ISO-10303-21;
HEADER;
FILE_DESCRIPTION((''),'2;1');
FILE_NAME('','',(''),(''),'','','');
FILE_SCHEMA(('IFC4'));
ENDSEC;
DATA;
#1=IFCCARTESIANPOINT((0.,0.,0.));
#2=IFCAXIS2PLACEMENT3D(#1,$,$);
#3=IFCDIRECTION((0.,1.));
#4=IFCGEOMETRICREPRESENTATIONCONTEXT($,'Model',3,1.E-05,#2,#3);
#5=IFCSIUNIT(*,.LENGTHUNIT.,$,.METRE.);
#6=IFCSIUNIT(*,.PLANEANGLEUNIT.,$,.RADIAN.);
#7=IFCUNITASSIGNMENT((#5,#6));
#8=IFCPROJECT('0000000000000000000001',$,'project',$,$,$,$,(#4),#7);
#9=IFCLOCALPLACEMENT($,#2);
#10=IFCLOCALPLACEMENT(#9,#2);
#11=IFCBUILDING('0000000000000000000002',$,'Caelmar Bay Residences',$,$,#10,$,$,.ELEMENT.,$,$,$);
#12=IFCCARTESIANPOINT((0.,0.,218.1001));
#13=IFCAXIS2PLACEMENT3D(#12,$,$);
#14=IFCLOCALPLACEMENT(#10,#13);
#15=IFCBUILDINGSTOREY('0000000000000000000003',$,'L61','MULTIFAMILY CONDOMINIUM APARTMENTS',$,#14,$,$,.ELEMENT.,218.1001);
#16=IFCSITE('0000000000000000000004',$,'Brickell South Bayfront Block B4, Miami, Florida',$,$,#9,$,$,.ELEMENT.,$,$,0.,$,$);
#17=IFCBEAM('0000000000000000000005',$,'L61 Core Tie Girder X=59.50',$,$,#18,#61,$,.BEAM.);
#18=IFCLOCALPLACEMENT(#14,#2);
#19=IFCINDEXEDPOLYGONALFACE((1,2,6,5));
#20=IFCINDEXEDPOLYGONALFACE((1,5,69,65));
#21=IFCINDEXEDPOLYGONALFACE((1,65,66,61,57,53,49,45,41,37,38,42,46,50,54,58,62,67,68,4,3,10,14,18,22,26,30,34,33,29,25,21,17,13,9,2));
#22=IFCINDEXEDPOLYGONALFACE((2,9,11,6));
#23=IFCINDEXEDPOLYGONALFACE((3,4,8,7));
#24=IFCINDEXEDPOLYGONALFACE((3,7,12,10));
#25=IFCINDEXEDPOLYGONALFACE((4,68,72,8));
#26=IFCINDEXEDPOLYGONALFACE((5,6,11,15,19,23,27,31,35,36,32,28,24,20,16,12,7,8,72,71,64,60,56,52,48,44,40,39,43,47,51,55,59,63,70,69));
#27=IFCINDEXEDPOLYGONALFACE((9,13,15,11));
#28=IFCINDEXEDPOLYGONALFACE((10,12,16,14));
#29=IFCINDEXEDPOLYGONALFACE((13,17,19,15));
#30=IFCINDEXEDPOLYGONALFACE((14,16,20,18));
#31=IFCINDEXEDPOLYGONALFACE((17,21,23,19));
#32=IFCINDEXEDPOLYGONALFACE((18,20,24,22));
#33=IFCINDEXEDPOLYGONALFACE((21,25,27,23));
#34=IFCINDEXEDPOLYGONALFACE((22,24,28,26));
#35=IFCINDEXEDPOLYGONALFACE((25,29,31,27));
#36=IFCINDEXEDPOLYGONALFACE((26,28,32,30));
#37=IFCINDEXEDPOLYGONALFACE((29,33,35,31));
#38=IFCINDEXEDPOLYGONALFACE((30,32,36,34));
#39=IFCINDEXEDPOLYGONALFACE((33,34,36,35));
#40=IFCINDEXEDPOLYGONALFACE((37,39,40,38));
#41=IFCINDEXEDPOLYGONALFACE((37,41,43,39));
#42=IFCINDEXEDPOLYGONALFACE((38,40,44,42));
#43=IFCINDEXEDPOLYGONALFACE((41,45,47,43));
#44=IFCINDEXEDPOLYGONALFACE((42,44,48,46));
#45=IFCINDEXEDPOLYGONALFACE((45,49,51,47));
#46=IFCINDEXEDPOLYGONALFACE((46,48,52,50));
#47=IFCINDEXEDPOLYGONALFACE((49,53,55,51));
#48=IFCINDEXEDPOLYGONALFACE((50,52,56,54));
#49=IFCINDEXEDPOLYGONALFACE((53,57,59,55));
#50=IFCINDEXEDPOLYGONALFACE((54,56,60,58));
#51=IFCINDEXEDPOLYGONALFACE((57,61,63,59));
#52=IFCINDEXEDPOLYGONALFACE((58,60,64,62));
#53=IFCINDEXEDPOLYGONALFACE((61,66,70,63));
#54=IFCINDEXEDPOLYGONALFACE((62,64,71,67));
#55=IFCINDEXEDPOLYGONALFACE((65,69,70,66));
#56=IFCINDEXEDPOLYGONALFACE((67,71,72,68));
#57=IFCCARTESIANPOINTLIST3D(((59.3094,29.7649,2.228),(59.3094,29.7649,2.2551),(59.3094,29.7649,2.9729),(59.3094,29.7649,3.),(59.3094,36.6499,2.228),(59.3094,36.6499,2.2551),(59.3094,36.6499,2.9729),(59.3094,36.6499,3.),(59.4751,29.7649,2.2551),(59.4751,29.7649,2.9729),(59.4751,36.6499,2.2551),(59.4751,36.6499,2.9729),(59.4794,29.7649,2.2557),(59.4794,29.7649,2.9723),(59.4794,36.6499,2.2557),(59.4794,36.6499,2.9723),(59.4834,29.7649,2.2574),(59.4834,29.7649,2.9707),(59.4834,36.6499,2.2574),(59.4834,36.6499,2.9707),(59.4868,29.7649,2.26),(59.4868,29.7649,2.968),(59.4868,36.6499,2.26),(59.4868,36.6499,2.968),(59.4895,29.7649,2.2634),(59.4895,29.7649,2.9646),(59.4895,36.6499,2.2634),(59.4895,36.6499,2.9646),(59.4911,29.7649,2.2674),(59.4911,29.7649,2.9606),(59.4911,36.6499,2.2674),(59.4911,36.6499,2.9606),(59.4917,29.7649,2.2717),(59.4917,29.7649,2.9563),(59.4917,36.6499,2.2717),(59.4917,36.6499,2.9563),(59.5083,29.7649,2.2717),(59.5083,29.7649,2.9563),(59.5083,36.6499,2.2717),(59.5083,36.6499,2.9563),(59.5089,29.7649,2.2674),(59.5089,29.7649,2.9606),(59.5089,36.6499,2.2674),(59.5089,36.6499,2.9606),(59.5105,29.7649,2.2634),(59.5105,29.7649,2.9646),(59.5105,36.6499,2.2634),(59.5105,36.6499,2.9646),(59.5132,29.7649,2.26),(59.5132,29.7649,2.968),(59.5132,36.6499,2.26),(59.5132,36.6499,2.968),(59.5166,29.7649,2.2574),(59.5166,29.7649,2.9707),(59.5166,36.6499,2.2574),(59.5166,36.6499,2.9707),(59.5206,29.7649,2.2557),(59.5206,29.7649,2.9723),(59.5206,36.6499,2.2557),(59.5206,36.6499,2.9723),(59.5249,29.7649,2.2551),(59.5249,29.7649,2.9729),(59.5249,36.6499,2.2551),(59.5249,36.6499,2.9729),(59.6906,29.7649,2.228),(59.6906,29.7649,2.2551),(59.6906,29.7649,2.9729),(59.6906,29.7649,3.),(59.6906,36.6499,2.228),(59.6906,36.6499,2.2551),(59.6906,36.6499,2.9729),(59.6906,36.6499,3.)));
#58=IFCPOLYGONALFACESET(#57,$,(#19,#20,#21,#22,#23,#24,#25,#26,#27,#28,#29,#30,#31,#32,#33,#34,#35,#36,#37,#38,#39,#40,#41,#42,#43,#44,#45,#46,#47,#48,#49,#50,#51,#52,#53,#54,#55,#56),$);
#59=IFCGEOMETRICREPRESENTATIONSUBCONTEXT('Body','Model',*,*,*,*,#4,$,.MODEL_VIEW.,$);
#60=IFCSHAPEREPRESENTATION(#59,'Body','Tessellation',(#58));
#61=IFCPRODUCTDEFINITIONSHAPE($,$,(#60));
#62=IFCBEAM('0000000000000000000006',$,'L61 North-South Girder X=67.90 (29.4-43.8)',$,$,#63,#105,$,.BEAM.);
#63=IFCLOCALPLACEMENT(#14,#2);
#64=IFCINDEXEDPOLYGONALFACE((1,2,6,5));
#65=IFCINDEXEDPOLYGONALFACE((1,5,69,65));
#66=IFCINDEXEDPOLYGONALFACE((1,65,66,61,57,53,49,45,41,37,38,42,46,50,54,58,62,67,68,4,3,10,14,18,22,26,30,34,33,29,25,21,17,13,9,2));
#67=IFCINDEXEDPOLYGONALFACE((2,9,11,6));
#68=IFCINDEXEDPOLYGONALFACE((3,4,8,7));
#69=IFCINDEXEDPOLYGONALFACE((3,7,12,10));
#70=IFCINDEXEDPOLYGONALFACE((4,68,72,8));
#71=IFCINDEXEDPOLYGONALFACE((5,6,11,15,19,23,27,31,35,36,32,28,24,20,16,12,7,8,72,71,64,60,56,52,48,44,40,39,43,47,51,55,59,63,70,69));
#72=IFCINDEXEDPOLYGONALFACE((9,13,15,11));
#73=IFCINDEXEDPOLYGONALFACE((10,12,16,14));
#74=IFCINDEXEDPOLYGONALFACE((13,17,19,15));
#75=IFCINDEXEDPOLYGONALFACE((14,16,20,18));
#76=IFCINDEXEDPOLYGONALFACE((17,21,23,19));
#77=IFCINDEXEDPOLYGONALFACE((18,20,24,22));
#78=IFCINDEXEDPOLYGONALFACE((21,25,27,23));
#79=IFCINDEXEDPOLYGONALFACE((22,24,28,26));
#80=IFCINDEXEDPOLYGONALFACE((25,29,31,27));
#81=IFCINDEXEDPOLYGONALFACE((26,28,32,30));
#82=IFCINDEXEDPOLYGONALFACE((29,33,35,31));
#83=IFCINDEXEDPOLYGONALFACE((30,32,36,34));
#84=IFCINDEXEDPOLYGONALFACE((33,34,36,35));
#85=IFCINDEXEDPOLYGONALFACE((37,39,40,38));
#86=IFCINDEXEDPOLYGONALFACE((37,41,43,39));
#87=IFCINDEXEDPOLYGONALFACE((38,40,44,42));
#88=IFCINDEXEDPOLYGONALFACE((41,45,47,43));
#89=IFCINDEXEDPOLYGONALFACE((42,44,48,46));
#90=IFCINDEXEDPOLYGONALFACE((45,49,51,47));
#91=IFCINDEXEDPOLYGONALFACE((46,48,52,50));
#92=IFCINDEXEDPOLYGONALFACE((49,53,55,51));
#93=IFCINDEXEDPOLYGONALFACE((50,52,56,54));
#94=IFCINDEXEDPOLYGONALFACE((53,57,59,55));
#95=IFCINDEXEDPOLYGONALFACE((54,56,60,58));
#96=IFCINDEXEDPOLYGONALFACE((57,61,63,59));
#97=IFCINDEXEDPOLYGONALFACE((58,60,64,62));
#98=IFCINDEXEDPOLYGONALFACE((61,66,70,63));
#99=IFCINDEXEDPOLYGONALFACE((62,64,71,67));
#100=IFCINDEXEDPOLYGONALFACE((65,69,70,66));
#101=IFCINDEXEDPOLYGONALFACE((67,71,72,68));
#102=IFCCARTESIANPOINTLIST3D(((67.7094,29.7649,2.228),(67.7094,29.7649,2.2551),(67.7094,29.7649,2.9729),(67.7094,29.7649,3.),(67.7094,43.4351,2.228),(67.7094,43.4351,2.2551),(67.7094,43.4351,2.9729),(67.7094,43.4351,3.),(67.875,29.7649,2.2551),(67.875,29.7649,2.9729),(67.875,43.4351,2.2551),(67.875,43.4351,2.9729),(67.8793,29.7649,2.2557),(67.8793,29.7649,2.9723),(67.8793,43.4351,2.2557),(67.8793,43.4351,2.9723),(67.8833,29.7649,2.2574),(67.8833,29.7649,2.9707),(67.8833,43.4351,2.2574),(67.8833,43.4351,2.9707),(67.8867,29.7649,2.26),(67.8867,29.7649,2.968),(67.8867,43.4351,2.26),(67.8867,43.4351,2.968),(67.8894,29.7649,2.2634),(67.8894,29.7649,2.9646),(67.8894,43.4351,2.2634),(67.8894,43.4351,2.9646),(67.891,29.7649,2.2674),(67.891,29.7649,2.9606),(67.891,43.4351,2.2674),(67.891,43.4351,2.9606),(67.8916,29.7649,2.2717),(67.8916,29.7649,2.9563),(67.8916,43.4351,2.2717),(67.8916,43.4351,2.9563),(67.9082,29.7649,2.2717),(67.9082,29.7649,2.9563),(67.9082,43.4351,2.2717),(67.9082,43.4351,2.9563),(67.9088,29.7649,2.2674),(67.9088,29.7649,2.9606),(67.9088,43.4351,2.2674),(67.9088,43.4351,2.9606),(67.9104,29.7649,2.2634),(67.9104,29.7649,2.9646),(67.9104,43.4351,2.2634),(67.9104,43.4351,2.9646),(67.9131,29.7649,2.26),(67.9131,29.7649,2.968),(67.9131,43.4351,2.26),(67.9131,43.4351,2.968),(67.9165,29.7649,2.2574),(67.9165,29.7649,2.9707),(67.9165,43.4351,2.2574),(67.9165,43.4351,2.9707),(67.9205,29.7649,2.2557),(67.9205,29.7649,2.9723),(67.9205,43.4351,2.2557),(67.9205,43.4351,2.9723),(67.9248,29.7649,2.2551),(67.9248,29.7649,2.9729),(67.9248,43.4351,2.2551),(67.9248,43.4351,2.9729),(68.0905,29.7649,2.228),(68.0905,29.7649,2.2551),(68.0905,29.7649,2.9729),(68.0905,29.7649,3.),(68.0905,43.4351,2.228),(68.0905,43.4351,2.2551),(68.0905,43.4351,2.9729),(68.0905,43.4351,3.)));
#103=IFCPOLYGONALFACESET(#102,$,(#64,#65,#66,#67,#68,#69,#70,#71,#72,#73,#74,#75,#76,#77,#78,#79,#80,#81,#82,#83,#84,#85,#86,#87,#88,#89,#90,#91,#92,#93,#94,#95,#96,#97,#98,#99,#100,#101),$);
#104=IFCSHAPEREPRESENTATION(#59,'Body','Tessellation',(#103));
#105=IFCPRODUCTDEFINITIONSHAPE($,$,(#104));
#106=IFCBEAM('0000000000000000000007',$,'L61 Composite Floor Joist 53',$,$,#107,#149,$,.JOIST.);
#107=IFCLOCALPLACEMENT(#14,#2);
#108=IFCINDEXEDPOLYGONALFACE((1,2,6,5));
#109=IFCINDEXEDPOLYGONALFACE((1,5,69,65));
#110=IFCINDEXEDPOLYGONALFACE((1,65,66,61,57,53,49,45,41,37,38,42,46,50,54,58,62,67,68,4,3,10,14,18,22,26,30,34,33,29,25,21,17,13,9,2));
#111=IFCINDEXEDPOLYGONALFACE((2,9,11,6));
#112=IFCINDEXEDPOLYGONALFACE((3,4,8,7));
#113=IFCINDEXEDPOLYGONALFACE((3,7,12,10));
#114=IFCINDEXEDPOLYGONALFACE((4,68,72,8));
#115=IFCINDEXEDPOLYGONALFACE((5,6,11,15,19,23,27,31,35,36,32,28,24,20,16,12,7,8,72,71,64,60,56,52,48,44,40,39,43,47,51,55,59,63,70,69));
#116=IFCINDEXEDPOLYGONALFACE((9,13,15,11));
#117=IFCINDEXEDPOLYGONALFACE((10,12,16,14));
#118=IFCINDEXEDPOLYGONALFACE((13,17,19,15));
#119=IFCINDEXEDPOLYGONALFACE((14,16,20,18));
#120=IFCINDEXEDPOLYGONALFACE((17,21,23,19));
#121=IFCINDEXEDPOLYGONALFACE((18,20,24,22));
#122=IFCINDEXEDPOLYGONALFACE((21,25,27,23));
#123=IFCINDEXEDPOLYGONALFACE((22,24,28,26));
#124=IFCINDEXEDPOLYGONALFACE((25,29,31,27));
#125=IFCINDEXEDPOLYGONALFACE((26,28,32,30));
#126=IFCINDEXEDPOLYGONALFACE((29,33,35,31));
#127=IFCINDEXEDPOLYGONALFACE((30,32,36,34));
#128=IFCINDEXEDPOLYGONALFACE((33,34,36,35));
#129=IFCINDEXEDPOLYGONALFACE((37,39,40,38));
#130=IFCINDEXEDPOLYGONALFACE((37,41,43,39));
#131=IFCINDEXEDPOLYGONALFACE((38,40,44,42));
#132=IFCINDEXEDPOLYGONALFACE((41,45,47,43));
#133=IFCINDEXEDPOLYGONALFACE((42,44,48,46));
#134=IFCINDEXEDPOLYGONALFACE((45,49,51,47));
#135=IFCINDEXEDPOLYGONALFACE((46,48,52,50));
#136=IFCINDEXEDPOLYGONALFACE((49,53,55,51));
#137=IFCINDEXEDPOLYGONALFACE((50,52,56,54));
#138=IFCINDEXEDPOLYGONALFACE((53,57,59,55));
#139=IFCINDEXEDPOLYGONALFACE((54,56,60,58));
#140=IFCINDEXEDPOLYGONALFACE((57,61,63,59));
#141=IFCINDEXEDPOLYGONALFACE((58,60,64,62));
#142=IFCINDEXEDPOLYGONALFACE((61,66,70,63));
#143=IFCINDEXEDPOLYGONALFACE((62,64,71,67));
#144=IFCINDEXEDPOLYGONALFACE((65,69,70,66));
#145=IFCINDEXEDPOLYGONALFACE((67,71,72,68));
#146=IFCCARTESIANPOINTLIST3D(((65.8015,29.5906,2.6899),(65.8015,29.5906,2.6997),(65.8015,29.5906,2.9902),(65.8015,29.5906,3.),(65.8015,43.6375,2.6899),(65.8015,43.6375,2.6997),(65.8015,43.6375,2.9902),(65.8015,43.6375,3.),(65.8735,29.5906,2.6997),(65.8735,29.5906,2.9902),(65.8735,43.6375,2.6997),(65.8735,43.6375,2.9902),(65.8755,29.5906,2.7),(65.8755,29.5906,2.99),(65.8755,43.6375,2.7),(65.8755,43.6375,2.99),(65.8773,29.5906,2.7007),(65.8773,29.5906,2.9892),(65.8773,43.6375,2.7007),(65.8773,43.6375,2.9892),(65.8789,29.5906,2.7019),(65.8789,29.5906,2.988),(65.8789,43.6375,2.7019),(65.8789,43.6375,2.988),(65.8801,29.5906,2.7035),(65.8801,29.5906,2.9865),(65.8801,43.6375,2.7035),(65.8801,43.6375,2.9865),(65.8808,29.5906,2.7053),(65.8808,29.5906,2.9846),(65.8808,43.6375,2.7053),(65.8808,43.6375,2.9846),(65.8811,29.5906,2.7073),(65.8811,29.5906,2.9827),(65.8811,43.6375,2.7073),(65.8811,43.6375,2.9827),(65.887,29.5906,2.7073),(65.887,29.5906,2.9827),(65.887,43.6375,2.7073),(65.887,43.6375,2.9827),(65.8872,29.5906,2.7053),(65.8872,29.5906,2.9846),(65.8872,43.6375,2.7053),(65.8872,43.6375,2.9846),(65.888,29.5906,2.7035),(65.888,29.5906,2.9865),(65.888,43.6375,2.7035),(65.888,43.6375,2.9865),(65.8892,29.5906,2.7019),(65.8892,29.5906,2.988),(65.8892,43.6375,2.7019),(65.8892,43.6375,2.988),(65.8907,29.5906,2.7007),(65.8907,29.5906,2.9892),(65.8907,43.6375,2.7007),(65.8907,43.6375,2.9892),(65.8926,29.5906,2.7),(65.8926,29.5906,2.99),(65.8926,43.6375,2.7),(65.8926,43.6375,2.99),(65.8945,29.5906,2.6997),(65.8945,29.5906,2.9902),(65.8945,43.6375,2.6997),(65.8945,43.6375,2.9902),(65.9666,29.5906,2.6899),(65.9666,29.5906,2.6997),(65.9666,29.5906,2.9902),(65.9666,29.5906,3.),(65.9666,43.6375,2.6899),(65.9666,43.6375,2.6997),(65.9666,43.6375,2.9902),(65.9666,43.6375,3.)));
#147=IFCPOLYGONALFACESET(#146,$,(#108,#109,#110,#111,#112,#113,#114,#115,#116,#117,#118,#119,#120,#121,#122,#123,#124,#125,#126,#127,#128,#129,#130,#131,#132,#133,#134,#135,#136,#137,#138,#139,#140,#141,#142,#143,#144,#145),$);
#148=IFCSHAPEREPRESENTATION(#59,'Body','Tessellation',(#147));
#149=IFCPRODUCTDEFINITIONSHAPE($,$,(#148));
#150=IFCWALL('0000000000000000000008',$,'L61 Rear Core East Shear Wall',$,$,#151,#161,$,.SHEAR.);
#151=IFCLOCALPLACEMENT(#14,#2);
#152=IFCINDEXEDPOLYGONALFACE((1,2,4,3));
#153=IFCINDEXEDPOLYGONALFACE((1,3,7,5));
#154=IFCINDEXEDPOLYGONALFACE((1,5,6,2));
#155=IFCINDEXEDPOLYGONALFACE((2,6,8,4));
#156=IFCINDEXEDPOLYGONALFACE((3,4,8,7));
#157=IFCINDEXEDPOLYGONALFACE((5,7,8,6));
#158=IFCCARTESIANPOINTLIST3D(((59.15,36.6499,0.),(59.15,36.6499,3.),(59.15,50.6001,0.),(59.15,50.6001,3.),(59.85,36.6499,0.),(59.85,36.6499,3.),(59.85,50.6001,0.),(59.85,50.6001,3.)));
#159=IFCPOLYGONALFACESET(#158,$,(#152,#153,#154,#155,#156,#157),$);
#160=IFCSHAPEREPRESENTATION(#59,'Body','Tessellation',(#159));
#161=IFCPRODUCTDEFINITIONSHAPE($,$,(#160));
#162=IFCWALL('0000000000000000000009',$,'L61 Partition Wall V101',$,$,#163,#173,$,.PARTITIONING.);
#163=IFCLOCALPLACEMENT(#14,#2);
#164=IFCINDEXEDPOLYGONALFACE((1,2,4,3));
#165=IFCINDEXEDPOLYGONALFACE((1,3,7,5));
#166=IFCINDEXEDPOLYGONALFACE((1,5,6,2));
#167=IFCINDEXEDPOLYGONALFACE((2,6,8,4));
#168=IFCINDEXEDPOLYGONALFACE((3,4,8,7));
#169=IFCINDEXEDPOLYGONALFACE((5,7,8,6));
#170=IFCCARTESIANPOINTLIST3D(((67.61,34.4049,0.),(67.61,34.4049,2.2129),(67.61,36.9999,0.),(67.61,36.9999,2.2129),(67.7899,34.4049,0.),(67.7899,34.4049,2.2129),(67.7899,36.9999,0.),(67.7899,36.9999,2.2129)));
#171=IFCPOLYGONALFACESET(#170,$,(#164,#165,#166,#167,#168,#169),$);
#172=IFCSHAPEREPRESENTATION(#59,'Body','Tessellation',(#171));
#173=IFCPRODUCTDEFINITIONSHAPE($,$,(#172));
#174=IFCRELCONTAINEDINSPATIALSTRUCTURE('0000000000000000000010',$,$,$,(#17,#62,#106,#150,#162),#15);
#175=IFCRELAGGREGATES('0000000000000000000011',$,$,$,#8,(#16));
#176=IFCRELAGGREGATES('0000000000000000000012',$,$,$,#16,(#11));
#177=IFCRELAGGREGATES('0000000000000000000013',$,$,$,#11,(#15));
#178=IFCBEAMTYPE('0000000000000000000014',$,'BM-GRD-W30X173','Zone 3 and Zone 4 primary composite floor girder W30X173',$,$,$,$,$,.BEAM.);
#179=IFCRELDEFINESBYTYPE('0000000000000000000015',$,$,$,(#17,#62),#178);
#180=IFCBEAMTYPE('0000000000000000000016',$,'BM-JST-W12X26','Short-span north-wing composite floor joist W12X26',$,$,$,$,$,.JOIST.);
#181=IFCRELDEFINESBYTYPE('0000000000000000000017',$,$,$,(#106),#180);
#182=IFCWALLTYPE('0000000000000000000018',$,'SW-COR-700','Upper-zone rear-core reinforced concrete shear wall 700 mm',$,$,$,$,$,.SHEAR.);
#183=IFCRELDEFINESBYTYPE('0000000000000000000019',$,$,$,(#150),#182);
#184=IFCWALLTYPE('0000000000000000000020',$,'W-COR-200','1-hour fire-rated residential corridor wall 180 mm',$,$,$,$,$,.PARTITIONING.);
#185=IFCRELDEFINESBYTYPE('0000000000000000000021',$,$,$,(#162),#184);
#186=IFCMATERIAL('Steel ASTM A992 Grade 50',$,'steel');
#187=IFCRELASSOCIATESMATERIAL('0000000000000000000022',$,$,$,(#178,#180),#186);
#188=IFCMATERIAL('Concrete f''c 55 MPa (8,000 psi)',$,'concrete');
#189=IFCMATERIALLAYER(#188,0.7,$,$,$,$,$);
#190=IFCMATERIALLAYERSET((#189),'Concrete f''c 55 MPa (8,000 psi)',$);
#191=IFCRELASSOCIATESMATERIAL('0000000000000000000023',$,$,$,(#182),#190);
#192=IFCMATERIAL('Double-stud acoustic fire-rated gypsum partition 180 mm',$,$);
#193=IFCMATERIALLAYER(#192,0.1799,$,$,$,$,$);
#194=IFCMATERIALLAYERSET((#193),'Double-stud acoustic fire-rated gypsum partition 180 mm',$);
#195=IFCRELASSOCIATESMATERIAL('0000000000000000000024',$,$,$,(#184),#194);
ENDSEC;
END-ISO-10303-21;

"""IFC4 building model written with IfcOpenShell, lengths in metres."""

from ifc_helpers import new_model, si_unit, direction, frame, frame_2d, origin, origin_2d, place, context, subcontext, project, spatial, rectangle, i_section, extrude, material, layer, layer_set, material_profile, profile_set, type_object, element, save


model = new_model("IFC4")

# Units and contexts
model_context = context("Model", 3, precision=1e-05, world=origin(), true_north=direction((0.0, 1.0)))
body_context = subcontext(model_context, "Body", "Model", "MODEL_VIEW")
ifc_project = project(units=[si_unit("LENGTHUNIT", "METRE"), si_unit("PLANEANGLEUNIT", "RADIAN")], contexts=[model_context])

# Site, building, storey
site_placement = place(None, origin())
site = spatial("IfcSite", under=ifc_project, at=site_placement, Name="Brickell South Bayfront Block B4, Miami, Florida", CompositionType="ELEMENT", RefElevation=0.0)
building_placement = place(site_placement, origin())
building = spatial("IfcBuilding", under=site, at=building_placement, Name="Caelmar Bay Residences", CompositionType="ELEMENT")
storey_placement = place(building_placement, frame((0.0, 0.0, 218.1001)))
storey = spatial("IfcBuildingStorey", under=building, at=storey_placement, Name="L61", Description="MULTIFAMILY CONDOMINIUM APARTMENTS", CompositionType="ELEMENT", Elevation=218.1001)

# Beams
ifc_material_1 = material(Name="Steel ASTM A992 Grade 50", Category="steel")
ifc_material_profile_1 = material_profile(ifc_material_1, i_section(OverallWidth=0.3811, OverallDepth=0.772, WebThickness=0.0166, FlangeThickness=0.0271, FilletRadius=0.0166, at=origin_2d()), Name="W30X173")
ifc_profile_set_1 = profile_set([ifc_material_profile_1], Name="Steel ASTM A992 Grade 50")
beam_type_1 = type_object("IfcBeamType", Name="BM-GRD-W30X173", Description="Zone 3 and Zone 4 primary composite floor girder W30X173", PredefinedType="BEAM", material=ifc_profile_set_1)
beam_1_placement = place(storey_placement, frame((59.5, 29.7649, 2.614), z_axis=(0.0, 1.0, 0.0), x_axis=(-1.0, 0.0, 0.0)))
element("IfcBeam", 1, at=beam_1_placement, inside=storey, type_object=beam_type_1, Name="L61 Core Tie Girder X=59.50", PredefinedType="BEAM", context=body_context, shape_type="SweptSolid", body=[
    extrude(i_section(OverallWidth=0.3811, OverallDepth=0.772, WebThickness=0.0166, FlangeThickness=0.0271, FilletRadius=0.0166, at=origin_2d()), origin(), (0.0, 0.0, 1.0), 6.885),
])
beam_2_placement = place(storey_placement, frame((67.8999, 29.7649, 2.614), z_axis=(0.0, 1.0, 0.0), x_axis=(-1.0, 0.0, 0.0)))
element("IfcBeam", 2, at=beam_2_placement, inside=storey, type_object=beam_type_1, Name="L61 North-South Girder X=67.90 (29.4-43.8)", PredefinedType="BEAM", context=body_context, shape_type="SweptSolid", body=[
    extrude(i_section(OverallWidth=0.3811, OverallDepth=0.772, WebThickness=0.0166, FlangeThickness=0.0271, FilletRadius=0.0166, at=origin_2d()), origin(), (0.0, 0.0, 1.0), 13.6702),
])
ifc_material_profile_2 = material_profile(ifc_material_1, i_section(OverallWidth=0.165, OverallDepth=0.3101, WebThickness=0.0059, FlangeThickness=0.0098, FilletRadius=0.0076, at=origin_2d()), Name="W12X26")
ifc_profile_set_2 = profile_set([ifc_material_profile_2], Name="Steel ASTM A992 Grade 50")
beam_type_2 = type_object("IfcBeamType", Name="BM-JST-W12X26", Description="Short-span north-wing composite floor joist W12X26", PredefinedType="JOIST", material=ifc_profile_set_2)
beam_3_placement = place(storey_placement, frame((65.884, 29.5906, 2.845), z_axis=(0.0, 1.0, 0.0), x_axis=(-1.0, 0.0, 0.0)))
element("IfcBeam", 3, at=beam_3_placement, inside=storey, type_object=beam_type_2, Name="L61 Composite Floor Joist 53", PredefinedType="JOIST", context=body_context, shape_type="SweptSolid", body=[
    extrude(i_section(OverallWidth=0.165, OverallDepth=0.3101, WebThickness=0.0059, FlangeThickness=0.0098, FilletRadius=0.0076, at=origin_2d()), origin(), (0.0, 0.0, 1.0), 14.0469),
])

# Walls
ifc_material_2 = material(Name="Concrete f'c 55 MPa (8,000 psi)", Category="concrete")
ifc_layer_1 = layer(ifc_material_2, 0.7)
ifc_layer_set_1 = layer_set([ifc_layer_1], Name="Concrete f'c 55 MPa (8,000 psi)")
wall_type_1 = type_object("IfcWallType", Name="SW-COR-700", Description="Upper-zone rear-core reinforced concrete shear wall 700 mm", PredefinedType="SHEAR", material=ifc_layer_set_1)
wall_1_placement = place(storey_placement, frame((59.5, 36.6499, 0.0), z_axis=(0.0, 0.0, 1.0), x_axis=(0.0, 1.0, 0.0)))
element("IfcWall", 4, at=wall_1_placement, inside=storey, type_object=wall_type_1, Name="L61 Rear Core East Shear Wall", PredefinedType="SHEAR", context=body_context, shape_type="SweptSolid", body=[
    extrude(rectangle(XDim=13.9502, YDim=0.7, at=frame_2d((6.9751, 0.0))), origin(), (0.0, 0.0, 1.0), 3.0),
])
ifc_material_3 = material(Name="Double-stud acoustic fire-rated gypsum partition 180 mm")
ifc_layer_2 = layer(ifc_material_3, 0.1799)
ifc_layer_set_2 = layer_set([ifc_layer_2], Name="Double-stud acoustic fire-rated gypsum partition 180 mm")
wall_type_2 = type_object("IfcWallType", Name="W-COR-200", Description="1-hour fire-rated residential corridor wall 180 mm", PredefinedType="PARTITIONING", material=ifc_layer_set_2)
wall_2_placement = place(storey_placement, frame((67.7, 34.405, 0.0), z_axis=(0.0, 0.0, 1.0), x_axis=(0.0, 1.0, 0.0)))
element("IfcWall", 5, at=wall_2_placement, inside=storey, type_object=wall_type_2, Name="L61 Partition Wall V101", PredefinedType="PARTITIONING", context=body_context, shape_type="SweptSolid", body=[
    extrude(rectangle(XDim=2.595, YDim=0.1799, at=frame_2d((1.2974, 0.0))), origin(), (0.0, 0.0, 1.0), 2.2129),
])

save(model, "model.ifc")
